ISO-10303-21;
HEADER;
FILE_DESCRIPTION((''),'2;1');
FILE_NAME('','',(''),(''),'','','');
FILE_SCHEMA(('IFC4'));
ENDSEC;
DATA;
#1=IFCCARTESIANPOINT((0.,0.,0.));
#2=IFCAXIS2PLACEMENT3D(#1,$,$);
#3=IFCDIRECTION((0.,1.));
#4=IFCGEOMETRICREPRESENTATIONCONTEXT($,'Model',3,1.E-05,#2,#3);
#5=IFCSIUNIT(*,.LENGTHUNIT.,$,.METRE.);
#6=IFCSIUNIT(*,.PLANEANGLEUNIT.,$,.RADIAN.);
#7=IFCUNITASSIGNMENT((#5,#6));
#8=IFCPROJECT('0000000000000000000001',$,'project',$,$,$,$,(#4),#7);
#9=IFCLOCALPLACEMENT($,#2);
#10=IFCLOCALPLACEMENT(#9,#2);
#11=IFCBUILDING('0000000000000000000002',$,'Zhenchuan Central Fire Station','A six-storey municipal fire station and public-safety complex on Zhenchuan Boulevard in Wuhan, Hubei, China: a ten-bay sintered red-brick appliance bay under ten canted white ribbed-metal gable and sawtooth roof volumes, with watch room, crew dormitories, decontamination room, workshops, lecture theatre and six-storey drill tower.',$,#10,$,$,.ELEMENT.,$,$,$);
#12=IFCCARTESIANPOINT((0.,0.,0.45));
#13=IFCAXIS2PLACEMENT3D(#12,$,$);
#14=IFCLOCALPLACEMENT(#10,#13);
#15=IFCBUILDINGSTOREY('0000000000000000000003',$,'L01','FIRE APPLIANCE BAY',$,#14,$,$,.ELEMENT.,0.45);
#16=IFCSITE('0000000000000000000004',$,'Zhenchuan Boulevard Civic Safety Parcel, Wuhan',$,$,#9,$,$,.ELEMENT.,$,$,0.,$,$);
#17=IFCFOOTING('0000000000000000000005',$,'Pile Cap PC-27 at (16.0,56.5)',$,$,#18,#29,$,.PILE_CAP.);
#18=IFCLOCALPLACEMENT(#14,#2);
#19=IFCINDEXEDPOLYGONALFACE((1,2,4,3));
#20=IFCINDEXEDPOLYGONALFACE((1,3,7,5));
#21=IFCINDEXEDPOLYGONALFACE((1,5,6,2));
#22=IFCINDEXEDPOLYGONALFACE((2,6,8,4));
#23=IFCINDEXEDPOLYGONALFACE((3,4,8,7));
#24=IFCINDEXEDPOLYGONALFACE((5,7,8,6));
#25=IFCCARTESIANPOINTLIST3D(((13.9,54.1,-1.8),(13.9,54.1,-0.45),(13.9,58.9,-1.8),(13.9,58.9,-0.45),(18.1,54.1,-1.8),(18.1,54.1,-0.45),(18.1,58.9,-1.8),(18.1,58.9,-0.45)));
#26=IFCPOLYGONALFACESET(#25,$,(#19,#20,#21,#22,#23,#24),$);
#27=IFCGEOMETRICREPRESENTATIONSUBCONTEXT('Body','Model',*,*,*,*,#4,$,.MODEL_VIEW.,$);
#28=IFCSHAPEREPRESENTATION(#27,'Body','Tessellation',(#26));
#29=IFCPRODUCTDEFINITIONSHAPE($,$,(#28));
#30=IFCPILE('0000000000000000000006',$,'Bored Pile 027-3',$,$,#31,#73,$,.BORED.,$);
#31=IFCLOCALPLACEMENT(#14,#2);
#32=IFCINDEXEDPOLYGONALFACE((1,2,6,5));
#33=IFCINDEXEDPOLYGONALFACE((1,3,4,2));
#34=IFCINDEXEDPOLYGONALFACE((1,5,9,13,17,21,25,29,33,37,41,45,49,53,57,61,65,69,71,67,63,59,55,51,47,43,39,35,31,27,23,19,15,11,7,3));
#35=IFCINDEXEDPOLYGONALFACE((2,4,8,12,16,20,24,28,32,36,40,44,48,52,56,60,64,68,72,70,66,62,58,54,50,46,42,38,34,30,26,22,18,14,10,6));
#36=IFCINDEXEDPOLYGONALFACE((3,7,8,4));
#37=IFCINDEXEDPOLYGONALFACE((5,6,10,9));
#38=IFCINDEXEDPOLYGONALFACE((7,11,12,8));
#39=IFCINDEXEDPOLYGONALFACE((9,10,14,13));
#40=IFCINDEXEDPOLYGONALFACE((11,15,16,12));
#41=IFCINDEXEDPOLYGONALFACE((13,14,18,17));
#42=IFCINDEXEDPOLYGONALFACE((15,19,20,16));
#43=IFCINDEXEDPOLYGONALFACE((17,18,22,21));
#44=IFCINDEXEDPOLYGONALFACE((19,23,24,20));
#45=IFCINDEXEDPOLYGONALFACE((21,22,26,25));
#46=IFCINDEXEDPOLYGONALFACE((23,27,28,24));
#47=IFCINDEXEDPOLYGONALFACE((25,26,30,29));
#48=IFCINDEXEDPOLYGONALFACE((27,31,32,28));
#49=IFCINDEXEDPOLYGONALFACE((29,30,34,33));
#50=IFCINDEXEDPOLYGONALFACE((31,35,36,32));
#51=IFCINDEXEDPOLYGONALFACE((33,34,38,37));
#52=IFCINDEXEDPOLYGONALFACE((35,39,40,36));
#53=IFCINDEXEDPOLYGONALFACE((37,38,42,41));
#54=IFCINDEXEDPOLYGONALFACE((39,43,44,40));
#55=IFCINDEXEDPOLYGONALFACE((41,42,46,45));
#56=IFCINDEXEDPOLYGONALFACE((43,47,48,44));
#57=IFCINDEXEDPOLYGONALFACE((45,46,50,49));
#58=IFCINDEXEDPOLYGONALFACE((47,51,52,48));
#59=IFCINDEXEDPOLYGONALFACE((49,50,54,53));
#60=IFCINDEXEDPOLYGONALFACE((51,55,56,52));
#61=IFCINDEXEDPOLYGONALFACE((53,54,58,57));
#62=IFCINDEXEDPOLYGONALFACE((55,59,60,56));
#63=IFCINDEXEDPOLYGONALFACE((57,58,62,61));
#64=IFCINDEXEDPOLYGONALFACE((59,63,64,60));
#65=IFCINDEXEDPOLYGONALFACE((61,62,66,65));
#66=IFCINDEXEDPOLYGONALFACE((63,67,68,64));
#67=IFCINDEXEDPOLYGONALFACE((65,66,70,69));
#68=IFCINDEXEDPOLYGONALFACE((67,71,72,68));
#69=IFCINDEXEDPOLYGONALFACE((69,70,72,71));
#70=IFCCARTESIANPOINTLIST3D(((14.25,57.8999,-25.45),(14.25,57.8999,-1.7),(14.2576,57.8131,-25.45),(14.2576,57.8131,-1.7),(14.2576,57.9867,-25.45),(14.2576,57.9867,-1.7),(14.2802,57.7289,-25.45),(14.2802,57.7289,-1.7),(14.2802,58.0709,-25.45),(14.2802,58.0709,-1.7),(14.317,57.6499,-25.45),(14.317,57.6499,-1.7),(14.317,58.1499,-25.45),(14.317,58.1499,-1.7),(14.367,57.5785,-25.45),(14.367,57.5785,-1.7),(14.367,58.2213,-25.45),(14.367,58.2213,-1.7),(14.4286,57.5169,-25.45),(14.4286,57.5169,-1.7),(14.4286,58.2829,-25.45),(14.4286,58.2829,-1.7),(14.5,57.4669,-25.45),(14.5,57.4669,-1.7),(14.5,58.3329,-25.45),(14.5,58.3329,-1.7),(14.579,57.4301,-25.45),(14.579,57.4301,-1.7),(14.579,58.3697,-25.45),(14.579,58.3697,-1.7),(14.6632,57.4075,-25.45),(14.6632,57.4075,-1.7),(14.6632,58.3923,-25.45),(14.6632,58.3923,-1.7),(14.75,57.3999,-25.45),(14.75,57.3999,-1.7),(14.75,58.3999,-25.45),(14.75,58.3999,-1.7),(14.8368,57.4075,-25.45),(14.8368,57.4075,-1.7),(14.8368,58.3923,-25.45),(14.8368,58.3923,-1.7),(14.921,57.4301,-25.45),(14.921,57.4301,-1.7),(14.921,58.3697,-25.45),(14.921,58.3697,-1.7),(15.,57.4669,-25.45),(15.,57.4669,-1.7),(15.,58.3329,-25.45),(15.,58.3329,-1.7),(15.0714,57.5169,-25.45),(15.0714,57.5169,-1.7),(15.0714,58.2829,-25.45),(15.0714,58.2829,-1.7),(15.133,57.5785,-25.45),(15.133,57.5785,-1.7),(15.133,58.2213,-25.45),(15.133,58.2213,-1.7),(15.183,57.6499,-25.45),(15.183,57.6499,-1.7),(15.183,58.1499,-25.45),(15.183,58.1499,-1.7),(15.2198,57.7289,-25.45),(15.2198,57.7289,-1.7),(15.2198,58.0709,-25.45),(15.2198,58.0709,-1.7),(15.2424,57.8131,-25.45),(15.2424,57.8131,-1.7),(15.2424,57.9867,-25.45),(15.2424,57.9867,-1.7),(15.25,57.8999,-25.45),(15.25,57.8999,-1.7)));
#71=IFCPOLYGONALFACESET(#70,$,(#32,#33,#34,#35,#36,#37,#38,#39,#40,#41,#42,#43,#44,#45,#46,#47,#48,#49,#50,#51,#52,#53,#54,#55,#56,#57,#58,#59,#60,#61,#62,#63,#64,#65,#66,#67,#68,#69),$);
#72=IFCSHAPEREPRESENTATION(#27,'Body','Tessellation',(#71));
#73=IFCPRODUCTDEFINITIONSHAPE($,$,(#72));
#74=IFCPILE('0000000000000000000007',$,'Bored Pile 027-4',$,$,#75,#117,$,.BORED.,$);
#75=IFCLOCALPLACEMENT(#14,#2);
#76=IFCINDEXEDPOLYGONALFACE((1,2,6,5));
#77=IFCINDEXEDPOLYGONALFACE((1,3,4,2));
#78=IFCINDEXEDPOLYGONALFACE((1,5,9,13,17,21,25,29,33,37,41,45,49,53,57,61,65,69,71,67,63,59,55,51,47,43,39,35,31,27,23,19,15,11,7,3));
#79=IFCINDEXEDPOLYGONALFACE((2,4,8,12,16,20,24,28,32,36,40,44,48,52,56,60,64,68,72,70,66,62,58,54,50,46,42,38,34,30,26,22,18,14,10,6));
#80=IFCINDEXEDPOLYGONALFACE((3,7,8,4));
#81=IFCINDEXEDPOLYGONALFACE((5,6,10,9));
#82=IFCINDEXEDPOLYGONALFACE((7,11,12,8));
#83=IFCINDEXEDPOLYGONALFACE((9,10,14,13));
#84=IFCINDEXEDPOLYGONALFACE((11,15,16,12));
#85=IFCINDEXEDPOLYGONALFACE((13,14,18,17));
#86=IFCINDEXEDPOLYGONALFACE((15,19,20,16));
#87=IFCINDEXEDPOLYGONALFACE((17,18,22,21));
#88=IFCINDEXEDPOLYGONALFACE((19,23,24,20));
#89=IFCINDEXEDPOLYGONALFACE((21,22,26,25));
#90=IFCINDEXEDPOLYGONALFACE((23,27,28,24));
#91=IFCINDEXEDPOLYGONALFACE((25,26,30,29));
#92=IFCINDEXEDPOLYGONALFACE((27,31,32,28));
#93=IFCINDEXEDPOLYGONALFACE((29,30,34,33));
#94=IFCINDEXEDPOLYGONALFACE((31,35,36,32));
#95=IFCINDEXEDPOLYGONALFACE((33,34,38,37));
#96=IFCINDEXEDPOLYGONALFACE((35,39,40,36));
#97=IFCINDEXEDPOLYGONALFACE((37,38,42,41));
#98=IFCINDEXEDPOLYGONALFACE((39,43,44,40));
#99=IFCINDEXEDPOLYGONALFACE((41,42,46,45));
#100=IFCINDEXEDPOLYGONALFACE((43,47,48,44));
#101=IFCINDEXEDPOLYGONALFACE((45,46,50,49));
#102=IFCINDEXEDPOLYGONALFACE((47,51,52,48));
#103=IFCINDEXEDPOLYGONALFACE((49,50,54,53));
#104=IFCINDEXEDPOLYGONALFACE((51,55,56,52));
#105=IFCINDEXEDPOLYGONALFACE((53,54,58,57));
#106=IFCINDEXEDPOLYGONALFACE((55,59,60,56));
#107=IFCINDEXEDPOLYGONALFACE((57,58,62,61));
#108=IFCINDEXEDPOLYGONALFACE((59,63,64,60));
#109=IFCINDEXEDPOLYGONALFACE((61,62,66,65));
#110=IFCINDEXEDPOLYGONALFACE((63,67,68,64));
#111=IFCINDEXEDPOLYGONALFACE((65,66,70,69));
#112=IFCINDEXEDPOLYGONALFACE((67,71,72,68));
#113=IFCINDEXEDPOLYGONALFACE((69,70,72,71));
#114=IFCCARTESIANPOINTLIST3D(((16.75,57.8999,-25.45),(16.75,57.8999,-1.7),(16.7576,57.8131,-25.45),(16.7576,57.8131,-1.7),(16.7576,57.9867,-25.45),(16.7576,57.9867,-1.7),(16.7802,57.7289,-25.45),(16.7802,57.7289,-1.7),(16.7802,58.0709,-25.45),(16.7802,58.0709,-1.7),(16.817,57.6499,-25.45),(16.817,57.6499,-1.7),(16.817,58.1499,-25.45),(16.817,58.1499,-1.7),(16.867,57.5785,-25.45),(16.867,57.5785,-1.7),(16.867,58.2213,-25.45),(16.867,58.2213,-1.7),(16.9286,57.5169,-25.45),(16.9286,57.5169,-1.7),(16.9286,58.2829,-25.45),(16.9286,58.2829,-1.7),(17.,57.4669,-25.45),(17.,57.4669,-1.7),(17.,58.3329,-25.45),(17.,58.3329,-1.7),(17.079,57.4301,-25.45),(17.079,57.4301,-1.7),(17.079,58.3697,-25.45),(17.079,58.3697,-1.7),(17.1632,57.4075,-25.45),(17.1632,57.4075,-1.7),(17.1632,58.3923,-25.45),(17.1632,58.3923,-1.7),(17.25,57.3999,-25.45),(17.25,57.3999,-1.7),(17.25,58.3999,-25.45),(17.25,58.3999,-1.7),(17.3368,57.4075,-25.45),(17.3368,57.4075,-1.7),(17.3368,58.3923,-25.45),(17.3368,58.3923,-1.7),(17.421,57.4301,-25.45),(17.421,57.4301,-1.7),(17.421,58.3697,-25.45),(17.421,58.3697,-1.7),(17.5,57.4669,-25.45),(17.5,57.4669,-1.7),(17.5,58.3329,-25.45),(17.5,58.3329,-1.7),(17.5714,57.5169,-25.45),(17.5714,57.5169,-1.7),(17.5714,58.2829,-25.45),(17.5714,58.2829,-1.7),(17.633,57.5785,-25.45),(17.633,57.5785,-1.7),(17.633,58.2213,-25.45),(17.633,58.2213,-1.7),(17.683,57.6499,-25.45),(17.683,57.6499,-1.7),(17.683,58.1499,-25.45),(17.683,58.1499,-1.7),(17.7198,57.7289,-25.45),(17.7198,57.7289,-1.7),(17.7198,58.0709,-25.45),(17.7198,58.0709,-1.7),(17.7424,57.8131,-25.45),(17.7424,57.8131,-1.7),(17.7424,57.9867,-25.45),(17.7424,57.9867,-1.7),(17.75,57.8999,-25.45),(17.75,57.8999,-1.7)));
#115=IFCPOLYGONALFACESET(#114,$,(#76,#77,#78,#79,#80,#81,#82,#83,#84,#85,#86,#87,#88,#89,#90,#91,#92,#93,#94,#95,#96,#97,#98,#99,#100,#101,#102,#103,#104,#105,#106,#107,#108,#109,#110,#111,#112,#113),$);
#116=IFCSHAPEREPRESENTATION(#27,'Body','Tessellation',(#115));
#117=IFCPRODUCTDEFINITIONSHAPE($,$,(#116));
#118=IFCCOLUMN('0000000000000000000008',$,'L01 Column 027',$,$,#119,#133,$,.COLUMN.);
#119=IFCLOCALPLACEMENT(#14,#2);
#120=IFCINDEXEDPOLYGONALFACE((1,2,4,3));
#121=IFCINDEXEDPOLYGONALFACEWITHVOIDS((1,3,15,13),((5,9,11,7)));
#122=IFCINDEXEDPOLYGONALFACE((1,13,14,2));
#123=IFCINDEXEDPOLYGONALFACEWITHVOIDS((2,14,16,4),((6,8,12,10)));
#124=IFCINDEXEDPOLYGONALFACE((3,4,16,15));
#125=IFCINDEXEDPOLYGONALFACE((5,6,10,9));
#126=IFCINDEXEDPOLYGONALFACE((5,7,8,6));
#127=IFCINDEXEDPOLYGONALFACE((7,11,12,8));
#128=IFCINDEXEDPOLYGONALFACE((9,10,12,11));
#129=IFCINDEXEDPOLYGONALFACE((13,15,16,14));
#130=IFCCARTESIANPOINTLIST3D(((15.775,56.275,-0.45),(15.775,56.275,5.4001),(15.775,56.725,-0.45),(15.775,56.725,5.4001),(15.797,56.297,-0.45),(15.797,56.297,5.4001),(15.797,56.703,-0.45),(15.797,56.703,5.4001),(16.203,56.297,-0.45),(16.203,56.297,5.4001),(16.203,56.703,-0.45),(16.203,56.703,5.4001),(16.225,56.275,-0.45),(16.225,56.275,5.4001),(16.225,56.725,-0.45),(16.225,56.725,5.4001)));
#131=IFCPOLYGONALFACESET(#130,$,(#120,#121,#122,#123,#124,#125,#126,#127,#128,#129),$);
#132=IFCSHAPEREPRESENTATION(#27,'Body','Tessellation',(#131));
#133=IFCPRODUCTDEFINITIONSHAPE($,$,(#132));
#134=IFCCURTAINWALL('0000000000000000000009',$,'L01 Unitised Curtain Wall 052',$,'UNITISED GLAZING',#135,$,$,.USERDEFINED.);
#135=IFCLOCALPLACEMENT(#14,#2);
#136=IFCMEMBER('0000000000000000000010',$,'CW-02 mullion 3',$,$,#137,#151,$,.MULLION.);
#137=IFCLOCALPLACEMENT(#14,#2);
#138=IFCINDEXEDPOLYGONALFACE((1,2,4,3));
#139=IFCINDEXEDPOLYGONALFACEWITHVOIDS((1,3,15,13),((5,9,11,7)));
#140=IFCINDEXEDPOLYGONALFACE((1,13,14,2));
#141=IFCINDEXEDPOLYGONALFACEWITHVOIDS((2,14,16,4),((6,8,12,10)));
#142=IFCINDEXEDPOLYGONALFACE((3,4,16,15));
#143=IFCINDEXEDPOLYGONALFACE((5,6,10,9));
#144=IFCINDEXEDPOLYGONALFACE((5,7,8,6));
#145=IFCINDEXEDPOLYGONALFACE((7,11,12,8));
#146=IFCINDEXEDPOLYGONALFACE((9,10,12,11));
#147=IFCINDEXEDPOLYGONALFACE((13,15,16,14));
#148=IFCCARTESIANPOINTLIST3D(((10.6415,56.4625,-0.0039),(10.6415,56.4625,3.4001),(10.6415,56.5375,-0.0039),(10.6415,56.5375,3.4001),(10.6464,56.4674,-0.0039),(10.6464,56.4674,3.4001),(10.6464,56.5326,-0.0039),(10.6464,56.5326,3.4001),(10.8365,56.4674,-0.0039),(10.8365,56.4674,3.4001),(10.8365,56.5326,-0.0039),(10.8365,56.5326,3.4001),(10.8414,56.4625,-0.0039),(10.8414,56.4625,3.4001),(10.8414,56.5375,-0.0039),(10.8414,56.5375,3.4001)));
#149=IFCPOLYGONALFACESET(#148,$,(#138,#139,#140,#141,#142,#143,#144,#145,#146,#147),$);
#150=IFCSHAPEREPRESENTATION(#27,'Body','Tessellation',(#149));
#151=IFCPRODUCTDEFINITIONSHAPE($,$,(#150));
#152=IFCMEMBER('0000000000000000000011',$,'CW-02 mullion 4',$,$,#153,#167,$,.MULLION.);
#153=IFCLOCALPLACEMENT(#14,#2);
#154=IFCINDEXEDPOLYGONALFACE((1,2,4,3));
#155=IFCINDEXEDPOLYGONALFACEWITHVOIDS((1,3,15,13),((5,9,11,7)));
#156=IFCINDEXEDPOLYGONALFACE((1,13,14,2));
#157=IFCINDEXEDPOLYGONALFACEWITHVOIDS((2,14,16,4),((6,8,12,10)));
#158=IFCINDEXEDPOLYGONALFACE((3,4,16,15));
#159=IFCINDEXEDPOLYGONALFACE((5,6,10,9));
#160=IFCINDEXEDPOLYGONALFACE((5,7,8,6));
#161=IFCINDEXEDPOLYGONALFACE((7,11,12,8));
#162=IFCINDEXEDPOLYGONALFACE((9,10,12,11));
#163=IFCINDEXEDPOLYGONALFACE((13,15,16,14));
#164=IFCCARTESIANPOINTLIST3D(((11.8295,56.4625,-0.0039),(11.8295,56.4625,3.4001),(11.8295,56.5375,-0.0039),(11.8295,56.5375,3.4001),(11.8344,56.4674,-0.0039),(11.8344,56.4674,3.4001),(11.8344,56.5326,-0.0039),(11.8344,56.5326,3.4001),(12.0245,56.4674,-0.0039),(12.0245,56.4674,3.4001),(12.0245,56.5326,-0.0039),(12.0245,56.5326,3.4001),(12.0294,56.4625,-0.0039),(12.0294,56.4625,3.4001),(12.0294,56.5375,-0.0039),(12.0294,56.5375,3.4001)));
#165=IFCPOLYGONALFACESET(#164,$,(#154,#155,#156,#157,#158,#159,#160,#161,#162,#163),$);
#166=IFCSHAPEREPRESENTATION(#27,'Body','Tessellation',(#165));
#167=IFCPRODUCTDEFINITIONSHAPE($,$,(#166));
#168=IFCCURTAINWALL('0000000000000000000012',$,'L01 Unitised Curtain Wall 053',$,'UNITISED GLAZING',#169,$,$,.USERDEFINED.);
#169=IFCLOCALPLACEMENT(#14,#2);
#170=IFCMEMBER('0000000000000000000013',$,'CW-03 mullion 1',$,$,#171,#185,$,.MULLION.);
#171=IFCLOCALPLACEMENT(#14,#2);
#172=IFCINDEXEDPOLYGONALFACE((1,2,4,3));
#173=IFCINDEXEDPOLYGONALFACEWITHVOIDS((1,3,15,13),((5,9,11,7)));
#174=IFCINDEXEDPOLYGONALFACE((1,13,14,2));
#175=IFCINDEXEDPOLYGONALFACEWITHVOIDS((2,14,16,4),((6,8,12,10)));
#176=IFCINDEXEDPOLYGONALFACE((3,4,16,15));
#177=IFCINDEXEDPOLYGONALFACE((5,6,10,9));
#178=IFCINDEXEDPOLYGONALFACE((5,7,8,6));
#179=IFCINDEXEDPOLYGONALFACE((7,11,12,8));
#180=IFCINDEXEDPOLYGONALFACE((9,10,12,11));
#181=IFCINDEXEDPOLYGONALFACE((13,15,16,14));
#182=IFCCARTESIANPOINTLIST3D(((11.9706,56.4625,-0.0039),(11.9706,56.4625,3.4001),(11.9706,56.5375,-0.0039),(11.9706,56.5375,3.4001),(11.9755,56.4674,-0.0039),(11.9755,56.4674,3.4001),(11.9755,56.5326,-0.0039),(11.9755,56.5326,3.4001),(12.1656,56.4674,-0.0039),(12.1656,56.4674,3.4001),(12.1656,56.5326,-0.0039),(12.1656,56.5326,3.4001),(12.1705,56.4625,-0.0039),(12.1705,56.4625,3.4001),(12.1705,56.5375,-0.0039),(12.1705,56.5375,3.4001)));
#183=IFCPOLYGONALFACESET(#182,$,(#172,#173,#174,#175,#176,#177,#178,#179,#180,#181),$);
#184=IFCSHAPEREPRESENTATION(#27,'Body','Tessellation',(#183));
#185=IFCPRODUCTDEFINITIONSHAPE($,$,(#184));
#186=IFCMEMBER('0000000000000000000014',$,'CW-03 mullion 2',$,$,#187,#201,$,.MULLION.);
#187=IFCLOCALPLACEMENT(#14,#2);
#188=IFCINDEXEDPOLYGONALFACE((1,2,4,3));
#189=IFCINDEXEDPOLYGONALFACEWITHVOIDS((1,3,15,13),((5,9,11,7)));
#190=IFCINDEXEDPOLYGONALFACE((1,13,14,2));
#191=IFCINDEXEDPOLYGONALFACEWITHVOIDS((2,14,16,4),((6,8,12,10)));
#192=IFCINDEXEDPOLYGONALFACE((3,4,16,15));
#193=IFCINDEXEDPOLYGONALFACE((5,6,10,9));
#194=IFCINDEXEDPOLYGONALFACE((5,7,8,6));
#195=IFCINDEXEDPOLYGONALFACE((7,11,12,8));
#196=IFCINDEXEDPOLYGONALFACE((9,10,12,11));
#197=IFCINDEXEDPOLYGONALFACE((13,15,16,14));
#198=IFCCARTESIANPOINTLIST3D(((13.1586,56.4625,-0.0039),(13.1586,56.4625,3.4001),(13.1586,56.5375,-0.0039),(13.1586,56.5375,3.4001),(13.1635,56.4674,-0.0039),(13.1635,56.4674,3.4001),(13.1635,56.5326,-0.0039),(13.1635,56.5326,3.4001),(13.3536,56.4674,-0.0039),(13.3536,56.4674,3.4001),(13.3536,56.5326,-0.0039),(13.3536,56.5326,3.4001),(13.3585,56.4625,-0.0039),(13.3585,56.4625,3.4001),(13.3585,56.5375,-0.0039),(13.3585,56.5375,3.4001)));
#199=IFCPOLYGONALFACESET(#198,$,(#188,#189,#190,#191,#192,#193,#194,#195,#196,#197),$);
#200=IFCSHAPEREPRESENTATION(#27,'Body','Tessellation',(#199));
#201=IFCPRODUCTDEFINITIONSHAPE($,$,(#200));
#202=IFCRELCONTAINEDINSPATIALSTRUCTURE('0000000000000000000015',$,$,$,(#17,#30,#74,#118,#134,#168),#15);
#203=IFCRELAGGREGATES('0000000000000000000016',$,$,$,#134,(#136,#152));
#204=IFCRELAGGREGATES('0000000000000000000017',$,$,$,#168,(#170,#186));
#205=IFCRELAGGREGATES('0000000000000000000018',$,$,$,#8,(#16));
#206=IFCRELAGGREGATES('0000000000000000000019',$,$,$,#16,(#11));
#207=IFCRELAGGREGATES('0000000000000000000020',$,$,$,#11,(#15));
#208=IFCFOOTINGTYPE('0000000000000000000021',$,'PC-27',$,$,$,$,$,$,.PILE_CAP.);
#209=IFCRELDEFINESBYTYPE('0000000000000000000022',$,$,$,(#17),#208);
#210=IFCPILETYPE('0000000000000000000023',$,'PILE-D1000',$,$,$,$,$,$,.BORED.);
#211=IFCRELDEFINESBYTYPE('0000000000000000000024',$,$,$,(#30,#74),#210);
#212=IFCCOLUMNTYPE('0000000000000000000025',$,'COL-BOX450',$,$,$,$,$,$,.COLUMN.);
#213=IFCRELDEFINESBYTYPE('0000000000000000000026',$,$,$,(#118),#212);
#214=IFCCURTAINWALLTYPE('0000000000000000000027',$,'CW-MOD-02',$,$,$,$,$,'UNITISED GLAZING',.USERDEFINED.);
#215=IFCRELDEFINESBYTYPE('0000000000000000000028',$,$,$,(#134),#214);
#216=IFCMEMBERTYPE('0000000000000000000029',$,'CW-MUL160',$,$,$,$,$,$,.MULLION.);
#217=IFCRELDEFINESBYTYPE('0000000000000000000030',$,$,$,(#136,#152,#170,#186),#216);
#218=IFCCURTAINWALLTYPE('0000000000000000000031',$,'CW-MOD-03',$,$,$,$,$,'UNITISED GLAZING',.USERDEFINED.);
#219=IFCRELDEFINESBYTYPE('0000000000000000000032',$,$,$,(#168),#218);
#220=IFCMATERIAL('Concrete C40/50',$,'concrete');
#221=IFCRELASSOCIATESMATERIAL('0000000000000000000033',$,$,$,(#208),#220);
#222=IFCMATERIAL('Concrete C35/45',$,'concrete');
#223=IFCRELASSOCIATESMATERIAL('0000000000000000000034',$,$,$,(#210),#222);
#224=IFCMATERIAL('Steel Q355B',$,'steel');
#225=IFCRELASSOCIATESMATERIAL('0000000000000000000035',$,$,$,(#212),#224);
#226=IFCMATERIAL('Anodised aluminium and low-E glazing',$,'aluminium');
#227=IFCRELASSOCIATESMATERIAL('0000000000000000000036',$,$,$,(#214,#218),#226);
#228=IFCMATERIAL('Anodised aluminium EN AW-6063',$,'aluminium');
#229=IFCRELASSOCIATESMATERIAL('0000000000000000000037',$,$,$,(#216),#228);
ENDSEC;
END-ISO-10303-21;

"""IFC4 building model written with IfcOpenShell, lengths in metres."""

from ifc_helpers import new_model, si_unit, direction, frame, origin, origin_2d, place, context, subcontext, project, spatial, rectangle, hollow_rectangle, circle, extrude, material, material_profile, profile_set, type_object, element, aggregate, save


model = new_model("IFC4")

# Units and contexts
model_context = context("Model", 3, precision=1e-05, world=origin(), true_north=direction((0.0, 1.0)))
body_context = subcontext(model_context, "Body", "Model", "MODEL_VIEW")
ifc_project = project(units=[si_unit("LENGTHUNIT", "METRE"), si_unit("PLANEANGLEUNIT", "RADIAN")], contexts=[model_context])

# Site, building, storey
site_placement = place(None, origin())
site = spatial("IfcSite", under=ifc_project, at=site_placement, Name="Zhenchuan Boulevard Civic Safety Parcel, Wuhan", CompositionType="ELEMENT", RefElevation=0.0)
building_placement = place(site_placement, origin())
building = spatial("IfcBuilding", under=site, at=building_placement, Name="Zhenchuan Central Fire Station", Description="A six-storey municipal fire station and public-safety complex on Zhenchuan Boulevard in Wuhan, Hubei, China: a ten-bay sintered red-brick appliance bay under ten canted white ribbed-metal gable and sawtooth roof volumes, with watch room, crew dormitories, decontamination room, workshops, lecture theatre and six-storey drill tower.", CompositionType="ELEMENT")
storey_placement = place(building_placement, frame((0.0, 0.0, 0.45)))
storey = spatial("IfcBuildingStorey", under=building, at=storey_placement, Name="L01", Description="FIRE APPLIANCE BAY", CompositionType="ELEMENT", Elevation=0.45)

# Footing
ifc_material_1 = material(Name="Concrete C40/50", Category="concrete")
footing_type = type_object("IfcFootingType", Name="PC-27", PredefinedType="PILE_CAP", material=ifc_material_1)
footing_placement = place(storey_placement, frame((16.0, 56.5, -1.8), z_axis=(0.0, 0.0, 1.0), x_axis=(1.0, 0.0, 0.0)))
element("IfcFooting", 1, at=footing_placement, inside=storey, type_object=footing_type, Name="Pile Cap PC-27 at (16.0,56.5)", PredefinedType="PILE_CAP", context=body_context, shape_type="SweptSolid", body=[
    extrude(rectangle(XDim=4.2, YDim=4.8, at=origin_2d()), origin(), (0.0, 0.0, 1.0), 1.3501),
])

# Piles
ifc_material_2 = material(Name="Concrete C35/45", Category="concrete")
ifc_material_profile_1 = material_profile(ifc_material_2, circle(Radius=0.5, at=origin_2d()), Name="PILE D1000")
ifc_profile_set_1 = profile_set([ifc_material_profile_1], Name="Concrete C35/45")
pile_type = type_object("IfcPileType", Name="PILE-D1000", PredefinedType="BORED", material=ifc_profile_set_1)
for number, where, z_axis, x_axis, name in (
    (2, (14.75, 57.8999, -1.7), (0.0, 0.0, -1.0), (1.0, 0.0, 0.0), "Bored Pile 027-3"),
    (3, (17.25, 57.8999, -1.7), (0.0, 0.0, -1.0), (1.0, 0.0, 0.0), "Bored Pile 027-4"),
):
    element("IfcPile", number, at=place(storey_placement, frame(where, z_axis=z_axis, x_axis=x_axis)), inside=storey, type_object=pile_type, Name=name, PredefinedType="BORED", context=body_context, shape_type="SweptSolid", body=[
        extrude(circle(Radius=0.5, at=origin_2d()), origin(), (0.0, 0.0, 1.0), 23.75),
    ])

# Column
ifc_material_3 = material(Name="Steel Q355B", Category="steel")
ifc_material_profile_2 = material_profile(ifc_material_3, hollow_rectangle(XDim=0.45, YDim=0.45, WallThickness=0.022, at=origin_2d()), Name="BOX 450x450x22")
ifc_profile_set_2 = profile_set([ifc_material_profile_2], Name="Steel Q355B")
column_type = type_object("IfcColumnType", Name="COL-BOX450", PredefinedType="COLUMN", material=ifc_profile_set_2)
column_placement = place(storey_placement, frame((16.0, 56.5, -0.45), z_axis=(0.0, 0.0, 1.0), x_axis=(1.0, 0.0, 0.0)))
element("IfcColumn", 4, at=column_placement, inside=storey, type_object=column_type, Name="L01 Column 027", PredefinedType="COLUMN", context=body_context, shape_type="SweptSolid", body=[
    extrude(hollow_rectangle(XDim=0.45, YDim=0.45, WallThickness=0.022, at=origin_2d()), origin(), (0.0, 0.0, 1.0), 5.8501),
])

# Curtain walls, members
ifc_material_4 = material(Name="Anodised aluminium and low-E glazing", Category="aluminium")
curtain_wall_type_1 = type_object("IfcCurtainWallType", Name="CW-MOD-02", ElementType="UNITISED GLAZING", PredefinedType="USERDEFINED", material=ifc_material_4)
curtain_wall_1_placement = place(storey_placement, origin())
curtain_wall_1 = element("IfcCurtainWall", 5, at=curtain_wall_1_placement, inside=storey, type_object=curtain_wall_type_1, Name="L01 Unitised Curtain Wall 052", ObjectType="UNITISED GLAZING", PredefinedType="USERDEFINED")
ifc_material_5 = material(Name="Anodised aluminium EN AW-6063", Category="aluminium")
ifc_material_profile_3 = material_profile(ifc_material_5, hollow_rectangle(XDim=0.075, YDim=0.2, WallThickness=0.0049, at=origin_2d()), Name="ALU-M 200x75")
ifc_profile_set_3 = profile_set([ifc_material_profile_3], Name="Anodised aluminium EN AW-6063")
member_type_1 = type_object("IfcMemberType", Name="CW-MUL160", PredefinedType="MULLION", material=ifc_profile_set_3)
member_1_placement = place(storey_placement, frame((10.7415, 56.5, -0.0039), z_axis=(0.0, 0.0, 1.0), x_axis=(0.0, 1.0, 0.0)))
member_1 = element("IfcMember", 6, at=member_1_placement, type_object=member_type_1, Name="CW-02 mullion 3", PredefinedType="MULLION", context=body_context, shape_type="SweptSolid", body=[
    extrude(hollow_rectangle(XDim=0.075, YDim=0.2, WallThickness=0.0049, at=origin_2d()), origin(), (0.0, 0.0, 1.0), 3.4041),
])
member_2_placement = place(storey_placement, frame((11.9294, 56.5, -0.0039), z_axis=(0.0, 0.0, 1.0), x_axis=(0.0, 1.0, 0.0)))
member_2 = element("IfcMember", 7, at=member_2_placement, type_object=member_type_1, Name="CW-02 mullion 4", PredefinedType="MULLION", context=body_context, shape_type="SweptSolid", body=[
    extrude(hollow_rectangle(XDim=0.075, YDim=0.2, WallThickness=0.0049, at=origin_2d()), origin(), (0.0, 0.0, 1.0), 3.4041),
])
curtain_wall_type_2 = type_object("IfcCurtainWallType", Name="CW-MOD-03", ElementType="UNITISED GLAZING", PredefinedType="USERDEFINED", material=ifc_material_4)
curtain_wall_2_placement = place(storey_placement, origin())
curtain_wall_2 = element("IfcCurtainWall", 8, at=curtain_wall_2_placement, inside=storey, type_object=curtain_wall_type_2, Name="L01 Unitised Curtain Wall 053", ObjectType="UNITISED GLAZING", PredefinedType="USERDEFINED")
member_3_placement = place(storey_placement, frame((12.0706, 56.5, -0.0039), z_axis=(0.0, 0.0, 1.0), x_axis=(0.0, 1.0, 0.0)))
member_3 = element("IfcMember", 9, at=member_3_placement, type_object=member_type_1, Name="CW-03 mullion 1", PredefinedType="MULLION", context=body_context, shape_type="SweptSolid", body=[
    extrude(hollow_rectangle(XDim=0.075, YDim=0.2, WallThickness=0.0049, at=origin_2d()), origin(), (0.0, 0.0, 1.0), 3.4041),
])
member_4_placement = place(storey_placement, frame((13.2585, 56.5, -0.0039), z_axis=(0.0, 0.0, 1.0), x_axis=(0.0, 1.0, 0.0)))
member_4 = element("IfcMember", 10, at=member_4_placement, type_object=member_type_1, Name="CW-03 mullion 2", PredefinedType="MULLION", context=body_context, shape_type="SweptSolid", body=[
    extrude(hollow_rectangle(XDim=0.075, YDim=0.2, WallThickness=0.0049, at=origin_2d()), origin(), (0.0, 0.0, 1.0), 3.4041),
])

aggregate(curtain_wall_1, [member_1, member_2])
aggregate(curtain_wall_2, [member_3, member_4])

save(model, "model.ifc")
